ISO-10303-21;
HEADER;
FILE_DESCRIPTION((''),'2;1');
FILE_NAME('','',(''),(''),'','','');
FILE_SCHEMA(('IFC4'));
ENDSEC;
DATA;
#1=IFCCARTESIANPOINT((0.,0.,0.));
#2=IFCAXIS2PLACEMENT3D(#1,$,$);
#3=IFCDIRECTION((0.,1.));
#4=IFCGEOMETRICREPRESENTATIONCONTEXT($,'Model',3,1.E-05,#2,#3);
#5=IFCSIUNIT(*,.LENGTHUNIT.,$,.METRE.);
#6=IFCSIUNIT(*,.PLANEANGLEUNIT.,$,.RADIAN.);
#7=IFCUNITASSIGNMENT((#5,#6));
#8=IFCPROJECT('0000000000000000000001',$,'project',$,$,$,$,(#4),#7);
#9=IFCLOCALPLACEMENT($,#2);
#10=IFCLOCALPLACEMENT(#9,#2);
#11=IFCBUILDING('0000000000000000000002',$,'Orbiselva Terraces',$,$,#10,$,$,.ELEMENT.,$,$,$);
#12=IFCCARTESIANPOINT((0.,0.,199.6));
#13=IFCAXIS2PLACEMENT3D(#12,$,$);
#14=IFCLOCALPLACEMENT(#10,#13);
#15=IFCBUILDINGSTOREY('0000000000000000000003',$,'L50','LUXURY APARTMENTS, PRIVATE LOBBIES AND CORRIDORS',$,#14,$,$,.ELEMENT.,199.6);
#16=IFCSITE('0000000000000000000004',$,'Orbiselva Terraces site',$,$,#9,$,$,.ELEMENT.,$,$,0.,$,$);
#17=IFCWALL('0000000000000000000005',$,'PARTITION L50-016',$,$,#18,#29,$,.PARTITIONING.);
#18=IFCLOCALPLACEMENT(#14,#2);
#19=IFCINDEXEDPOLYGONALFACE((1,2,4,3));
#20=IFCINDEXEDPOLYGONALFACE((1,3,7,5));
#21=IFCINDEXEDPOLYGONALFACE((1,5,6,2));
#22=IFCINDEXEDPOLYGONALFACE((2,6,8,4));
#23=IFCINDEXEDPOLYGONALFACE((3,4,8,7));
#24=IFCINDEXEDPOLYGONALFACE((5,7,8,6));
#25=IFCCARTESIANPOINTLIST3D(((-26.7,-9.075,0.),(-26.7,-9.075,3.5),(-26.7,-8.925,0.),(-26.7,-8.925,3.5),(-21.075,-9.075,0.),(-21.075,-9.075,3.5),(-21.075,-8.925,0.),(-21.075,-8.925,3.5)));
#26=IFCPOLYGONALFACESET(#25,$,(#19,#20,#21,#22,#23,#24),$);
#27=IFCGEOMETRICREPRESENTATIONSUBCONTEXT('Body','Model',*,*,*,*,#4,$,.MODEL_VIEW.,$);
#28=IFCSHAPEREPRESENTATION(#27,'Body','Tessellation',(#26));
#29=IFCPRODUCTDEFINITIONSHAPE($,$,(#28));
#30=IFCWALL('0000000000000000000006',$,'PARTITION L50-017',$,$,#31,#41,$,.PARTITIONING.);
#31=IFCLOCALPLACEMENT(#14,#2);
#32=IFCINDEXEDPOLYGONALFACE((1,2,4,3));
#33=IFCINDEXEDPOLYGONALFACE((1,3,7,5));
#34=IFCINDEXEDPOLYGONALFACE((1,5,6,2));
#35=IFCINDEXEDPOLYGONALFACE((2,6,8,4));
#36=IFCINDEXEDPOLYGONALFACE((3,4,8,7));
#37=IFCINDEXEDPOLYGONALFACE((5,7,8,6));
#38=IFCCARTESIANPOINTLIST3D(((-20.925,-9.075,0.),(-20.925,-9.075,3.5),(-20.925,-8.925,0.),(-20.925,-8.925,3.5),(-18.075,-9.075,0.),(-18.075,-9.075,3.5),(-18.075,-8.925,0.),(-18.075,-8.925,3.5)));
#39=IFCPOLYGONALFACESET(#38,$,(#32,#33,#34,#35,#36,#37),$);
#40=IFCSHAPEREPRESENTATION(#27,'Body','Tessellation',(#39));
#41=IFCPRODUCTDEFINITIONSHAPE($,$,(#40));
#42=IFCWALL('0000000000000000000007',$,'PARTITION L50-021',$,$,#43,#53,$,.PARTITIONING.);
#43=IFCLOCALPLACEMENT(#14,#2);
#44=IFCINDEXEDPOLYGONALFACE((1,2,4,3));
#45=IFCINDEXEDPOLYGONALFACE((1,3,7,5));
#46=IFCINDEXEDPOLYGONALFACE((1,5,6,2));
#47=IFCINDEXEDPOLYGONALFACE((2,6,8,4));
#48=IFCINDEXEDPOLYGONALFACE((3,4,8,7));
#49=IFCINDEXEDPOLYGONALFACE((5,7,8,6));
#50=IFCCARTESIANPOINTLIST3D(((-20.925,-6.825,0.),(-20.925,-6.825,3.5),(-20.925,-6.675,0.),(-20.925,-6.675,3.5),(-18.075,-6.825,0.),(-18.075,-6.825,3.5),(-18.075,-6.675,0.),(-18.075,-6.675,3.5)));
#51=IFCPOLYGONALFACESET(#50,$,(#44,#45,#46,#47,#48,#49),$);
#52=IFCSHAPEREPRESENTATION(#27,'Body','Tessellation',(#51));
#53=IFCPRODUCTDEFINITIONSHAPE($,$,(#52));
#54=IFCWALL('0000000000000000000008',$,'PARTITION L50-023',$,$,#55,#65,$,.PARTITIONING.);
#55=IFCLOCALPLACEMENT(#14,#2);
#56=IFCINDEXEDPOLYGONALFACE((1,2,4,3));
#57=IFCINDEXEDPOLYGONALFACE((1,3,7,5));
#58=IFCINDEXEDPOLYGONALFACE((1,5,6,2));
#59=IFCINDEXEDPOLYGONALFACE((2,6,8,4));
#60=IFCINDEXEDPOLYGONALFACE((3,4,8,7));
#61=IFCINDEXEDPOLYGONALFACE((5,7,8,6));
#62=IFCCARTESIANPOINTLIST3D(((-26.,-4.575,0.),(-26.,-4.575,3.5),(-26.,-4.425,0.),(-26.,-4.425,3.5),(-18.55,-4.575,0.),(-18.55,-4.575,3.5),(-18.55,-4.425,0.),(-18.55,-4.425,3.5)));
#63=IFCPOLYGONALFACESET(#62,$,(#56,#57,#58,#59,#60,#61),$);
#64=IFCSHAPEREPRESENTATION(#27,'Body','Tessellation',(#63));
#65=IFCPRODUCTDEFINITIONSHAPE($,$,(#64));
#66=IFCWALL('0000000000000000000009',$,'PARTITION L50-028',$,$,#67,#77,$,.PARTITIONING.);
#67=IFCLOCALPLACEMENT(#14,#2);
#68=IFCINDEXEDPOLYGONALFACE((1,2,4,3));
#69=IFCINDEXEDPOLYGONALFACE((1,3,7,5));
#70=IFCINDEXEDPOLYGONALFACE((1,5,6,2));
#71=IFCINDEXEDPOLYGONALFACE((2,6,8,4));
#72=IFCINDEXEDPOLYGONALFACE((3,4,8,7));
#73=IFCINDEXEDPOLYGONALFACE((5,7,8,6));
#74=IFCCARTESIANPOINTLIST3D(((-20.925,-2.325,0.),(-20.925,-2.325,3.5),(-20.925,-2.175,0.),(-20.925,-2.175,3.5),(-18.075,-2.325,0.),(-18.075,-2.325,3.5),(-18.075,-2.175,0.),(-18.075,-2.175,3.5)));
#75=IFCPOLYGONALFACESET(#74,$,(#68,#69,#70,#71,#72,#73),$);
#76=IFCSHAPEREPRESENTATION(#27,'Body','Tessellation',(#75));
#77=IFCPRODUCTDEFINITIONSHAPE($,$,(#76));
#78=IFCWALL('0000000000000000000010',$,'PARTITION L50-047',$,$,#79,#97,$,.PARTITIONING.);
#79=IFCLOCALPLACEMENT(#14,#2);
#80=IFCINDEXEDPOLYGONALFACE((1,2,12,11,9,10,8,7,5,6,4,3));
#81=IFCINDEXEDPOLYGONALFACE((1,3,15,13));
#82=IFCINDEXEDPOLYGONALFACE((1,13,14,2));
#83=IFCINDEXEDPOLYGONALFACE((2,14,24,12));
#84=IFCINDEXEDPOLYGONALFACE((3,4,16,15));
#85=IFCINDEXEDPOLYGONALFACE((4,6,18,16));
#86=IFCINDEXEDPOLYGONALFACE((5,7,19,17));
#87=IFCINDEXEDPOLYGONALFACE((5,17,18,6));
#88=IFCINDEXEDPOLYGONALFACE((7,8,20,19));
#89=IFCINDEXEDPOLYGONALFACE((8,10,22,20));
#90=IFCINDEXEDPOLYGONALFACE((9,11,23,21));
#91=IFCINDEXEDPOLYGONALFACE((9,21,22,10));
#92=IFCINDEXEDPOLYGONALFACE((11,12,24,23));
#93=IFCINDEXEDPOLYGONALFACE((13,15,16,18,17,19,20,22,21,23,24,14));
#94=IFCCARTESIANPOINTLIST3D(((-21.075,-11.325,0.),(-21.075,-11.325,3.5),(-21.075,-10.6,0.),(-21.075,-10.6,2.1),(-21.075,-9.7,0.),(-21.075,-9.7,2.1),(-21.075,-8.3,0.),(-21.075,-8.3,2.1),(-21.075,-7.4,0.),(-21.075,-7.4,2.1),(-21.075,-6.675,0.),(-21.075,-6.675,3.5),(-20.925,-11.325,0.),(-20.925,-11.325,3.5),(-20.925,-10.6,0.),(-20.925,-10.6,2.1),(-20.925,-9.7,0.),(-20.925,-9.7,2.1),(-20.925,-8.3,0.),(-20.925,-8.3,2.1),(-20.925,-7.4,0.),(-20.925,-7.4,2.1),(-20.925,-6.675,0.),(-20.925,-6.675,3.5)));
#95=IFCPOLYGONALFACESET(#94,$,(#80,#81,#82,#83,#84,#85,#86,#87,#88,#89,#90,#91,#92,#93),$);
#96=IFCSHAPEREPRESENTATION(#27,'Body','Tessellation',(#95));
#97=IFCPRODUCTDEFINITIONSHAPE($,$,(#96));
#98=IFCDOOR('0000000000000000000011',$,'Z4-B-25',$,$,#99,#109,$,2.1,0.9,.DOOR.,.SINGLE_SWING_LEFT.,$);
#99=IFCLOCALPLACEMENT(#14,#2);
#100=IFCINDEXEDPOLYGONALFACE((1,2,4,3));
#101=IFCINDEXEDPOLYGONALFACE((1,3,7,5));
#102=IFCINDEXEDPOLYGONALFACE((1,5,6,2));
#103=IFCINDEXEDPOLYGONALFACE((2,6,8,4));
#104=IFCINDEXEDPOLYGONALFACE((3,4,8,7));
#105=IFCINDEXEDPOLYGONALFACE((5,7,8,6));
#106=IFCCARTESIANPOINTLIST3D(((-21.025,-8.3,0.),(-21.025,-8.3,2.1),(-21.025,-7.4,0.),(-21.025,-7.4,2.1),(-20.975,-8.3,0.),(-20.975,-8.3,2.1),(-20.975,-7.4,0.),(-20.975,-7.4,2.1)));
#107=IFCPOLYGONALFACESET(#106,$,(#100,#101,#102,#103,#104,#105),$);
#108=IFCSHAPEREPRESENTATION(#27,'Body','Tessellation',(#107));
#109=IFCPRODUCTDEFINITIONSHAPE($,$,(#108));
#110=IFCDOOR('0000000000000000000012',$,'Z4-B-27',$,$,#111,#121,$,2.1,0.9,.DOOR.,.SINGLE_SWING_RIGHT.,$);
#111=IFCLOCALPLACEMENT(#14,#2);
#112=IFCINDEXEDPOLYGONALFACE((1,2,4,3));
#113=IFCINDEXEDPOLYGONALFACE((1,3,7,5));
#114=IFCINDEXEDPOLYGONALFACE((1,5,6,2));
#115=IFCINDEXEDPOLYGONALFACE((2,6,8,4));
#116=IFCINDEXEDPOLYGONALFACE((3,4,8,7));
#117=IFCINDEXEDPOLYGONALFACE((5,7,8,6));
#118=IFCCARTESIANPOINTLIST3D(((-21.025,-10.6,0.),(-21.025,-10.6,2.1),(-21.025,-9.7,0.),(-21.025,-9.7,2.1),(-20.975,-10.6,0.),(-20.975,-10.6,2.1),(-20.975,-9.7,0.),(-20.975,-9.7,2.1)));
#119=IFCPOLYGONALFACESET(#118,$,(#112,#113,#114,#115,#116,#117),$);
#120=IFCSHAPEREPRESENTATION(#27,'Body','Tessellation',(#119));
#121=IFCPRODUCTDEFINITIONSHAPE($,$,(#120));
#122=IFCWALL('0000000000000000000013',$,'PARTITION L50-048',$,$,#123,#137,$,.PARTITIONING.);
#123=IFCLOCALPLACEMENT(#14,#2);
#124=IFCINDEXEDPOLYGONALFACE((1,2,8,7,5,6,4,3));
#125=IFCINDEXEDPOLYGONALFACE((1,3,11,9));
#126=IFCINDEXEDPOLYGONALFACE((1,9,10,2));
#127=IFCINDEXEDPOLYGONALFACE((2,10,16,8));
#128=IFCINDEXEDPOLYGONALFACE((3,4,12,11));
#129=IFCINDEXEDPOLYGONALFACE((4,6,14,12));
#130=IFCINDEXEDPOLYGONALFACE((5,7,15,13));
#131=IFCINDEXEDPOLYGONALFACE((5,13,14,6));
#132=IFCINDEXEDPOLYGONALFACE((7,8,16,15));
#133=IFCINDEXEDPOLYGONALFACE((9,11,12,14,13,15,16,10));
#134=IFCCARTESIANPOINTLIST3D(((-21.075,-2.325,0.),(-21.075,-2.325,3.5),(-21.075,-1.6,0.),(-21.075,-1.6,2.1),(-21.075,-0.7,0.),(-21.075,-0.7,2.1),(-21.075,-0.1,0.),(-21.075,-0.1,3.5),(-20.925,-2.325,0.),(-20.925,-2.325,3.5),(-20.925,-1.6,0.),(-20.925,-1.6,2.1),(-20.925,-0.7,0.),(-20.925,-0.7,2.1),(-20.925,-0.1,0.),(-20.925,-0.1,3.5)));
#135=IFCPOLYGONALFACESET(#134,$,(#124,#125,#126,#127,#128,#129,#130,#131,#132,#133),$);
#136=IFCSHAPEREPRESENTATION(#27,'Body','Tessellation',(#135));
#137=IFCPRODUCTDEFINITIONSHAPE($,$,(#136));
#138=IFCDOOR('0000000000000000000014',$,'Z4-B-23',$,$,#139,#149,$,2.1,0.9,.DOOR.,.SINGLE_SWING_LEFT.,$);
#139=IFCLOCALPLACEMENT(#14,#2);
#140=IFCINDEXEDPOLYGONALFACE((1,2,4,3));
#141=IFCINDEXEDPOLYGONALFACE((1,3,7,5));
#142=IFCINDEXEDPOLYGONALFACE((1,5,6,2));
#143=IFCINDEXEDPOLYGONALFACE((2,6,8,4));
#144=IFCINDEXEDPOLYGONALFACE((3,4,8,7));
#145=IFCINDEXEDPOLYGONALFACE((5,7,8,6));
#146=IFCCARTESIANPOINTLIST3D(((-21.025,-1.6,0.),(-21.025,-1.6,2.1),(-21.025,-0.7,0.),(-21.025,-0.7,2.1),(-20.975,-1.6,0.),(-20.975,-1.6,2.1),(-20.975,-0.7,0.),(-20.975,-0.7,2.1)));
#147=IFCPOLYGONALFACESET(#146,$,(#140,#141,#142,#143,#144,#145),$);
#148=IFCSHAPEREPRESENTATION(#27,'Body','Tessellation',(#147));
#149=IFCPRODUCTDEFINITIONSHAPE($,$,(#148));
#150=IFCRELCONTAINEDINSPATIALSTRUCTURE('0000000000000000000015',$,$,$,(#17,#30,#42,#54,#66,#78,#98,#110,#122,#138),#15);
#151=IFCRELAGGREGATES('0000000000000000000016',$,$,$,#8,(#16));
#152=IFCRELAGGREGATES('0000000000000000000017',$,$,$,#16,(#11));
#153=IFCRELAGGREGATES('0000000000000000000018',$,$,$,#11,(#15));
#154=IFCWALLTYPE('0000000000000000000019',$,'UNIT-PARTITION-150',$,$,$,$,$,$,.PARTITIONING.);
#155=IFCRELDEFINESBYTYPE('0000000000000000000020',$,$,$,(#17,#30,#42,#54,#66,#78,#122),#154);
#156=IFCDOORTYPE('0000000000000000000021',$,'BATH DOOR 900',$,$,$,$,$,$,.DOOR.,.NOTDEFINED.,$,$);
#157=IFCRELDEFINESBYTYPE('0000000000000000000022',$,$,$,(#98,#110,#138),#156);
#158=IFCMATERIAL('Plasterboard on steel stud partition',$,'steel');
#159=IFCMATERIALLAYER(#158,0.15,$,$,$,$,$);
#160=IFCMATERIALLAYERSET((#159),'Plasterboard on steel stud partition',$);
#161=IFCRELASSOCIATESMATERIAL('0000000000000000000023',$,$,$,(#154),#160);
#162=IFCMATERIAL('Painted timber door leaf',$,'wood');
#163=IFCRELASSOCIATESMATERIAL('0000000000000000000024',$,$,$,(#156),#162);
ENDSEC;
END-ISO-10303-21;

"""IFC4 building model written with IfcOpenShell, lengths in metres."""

from ifc_helpers import new_model, si_unit, direction, frame, frame_2d, origin, place, context, subcontext, project, spatial, rectangle, extrude, material, layer, layer_set, type_object, element, fill, save


model = new_model("IFC4")

# Units and contexts
model_context = context("Model", 3, precision=1e-05, world=origin(), true_north=direction((0.0, 1.0)))
body_context = subcontext(model_context, "Body", "Model", "MODEL_VIEW")
ifc_project = project(units=[si_unit("LENGTHUNIT", "METRE"), si_unit("PLANEANGLEUNIT", "RADIAN")], contexts=[model_context])

# Site, building, storey
site_placement = place(None, origin())
site = spatial("IfcSite", under=ifc_project, at=site_placement, Name="Orbiselva Terraces site", CompositionType="ELEMENT", RefElevation=0.0)
building_placement = place(site_placement, origin())
building = spatial("IfcBuilding", under=site, at=building_placement, Name="Orbiselva Terraces", CompositionType="ELEMENT")
storey_placement = place(building_placement, frame((0.0, 0.0, 199.6)))
storey = spatial("IfcBuildingStorey", under=building, at=storey_placement, Name="L50", Description="LUXURY APARTMENTS, PRIVATE LOBBIES AND CORRIDORS", CompositionType="ELEMENT", Elevation=199.6)

# Walls
ifc_material_1 = material(Name="Plasterboard on steel stud partition", Category="steel")
ifc_layer_1 = layer(ifc_material_1, 0.15)
ifc_layer_set_1 = layer_set([ifc_layer_1], Name="Plasterboard on steel stud partition")
wall_type_1 = type_object("IfcWallType", Name="UNIT-PARTITION-150", PredefinedType="PARTITIONING", material=ifc_layer_set_1)
wall_1_placement = place(storey_placement, frame((-26.7, -9.0, 0.0), z_axis=(0.0, 0.0, 1.0), x_axis=(1.0, 0.0, 0.0)))
element("IfcWall", 1, at=wall_1_placement, inside=storey, type_object=wall_type_1, Name="PARTITION L50-016", PredefinedType="PARTITIONING", context=body_context, shape_type="SweptSolid", body=[
    extrude(rectangle(XDim=5.625, YDim=0.15, at=frame_2d((2.8125, 0.0))), origin(), (0.0, 0.0, 1.0), 3.5),
])
for number, where, z_axis, x_axis, name in (
    (2, (-20.925, -9.0, 0.0), (0.0, 0.0, 1.0), (1.0, 0.0, 0.0), "PARTITION L50-017"),
    (3, (-20.925, -6.75, 0.0), (0.0, 0.0, 1.0), (1.0, 0.0, 0.0), "PARTITION L50-021"),
):
    element("IfcWall", number, at=place(storey_placement, frame(where, z_axis=z_axis, x_axis=x_axis)), inside=storey, type_object=wall_type_1, Name=name, PredefinedType="PARTITIONING", context=body_context, shape_type="SweptSolid", body=[
        extrude(rectangle(XDim=2.85, YDim=0.15, at=frame_2d((1.425, 0.0))), origin(), (0.0, 0.0, 1.0), 3.5),
    ])
wall_2_placement = place(storey_placement, frame((-26.0, -4.5, 0.0), z_axis=(0.0, 0.0, 1.0), x_axis=(1.0, 0.0, 0.0)))
element("IfcWall", 4, at=wall_2_placement, inside=storey, type_object=wall_type_1, Name="PARTITION L50-023", PredefinedType="PARTITIONING", context=body_context, shape_type="SweptSolid", body=[
    extrude(rectangle(XDim=7.45, YDim=0.15, at=frame_2d((3.725, 0.0))), origin(), (0.0, 0.0, 1.0), 3.5),
])
wall_3_placement = place(storey_placement, frame((-20.925, -2.25, 0.0), z_axis=(0.0, 0.0, 1.0), x_axis=(1.0, 0.0, 0.0)))
element("IfcWall", 5, at=wall_3_placement, inside=storey, type_object=wall_type_1, Name="PARTITION L50-028", PredefinedType="PARTITIONING", context=body_context, shape_type="SweptSolid", body=[
    extrude(rectangle(XDim=2.85, YDim=0.15, at=frame_2d((1.425, 0.0))), origin(), (0.0, 0.0, 1.0), 3.5),
])

# Wall, openings, doors
wall_4_placement = place(storey_placement, frame((-21.0, -6.675, 0.0), z_axis=(0.0, 0.0, 1.0), x_axis=(0.0, -1.0, 0.0)))
wall_4 = element("IfcWall", 6, at=wall_4_placement, inside=storey, type_object=wall_type_1, Name="PARTITION L50-047", PredefinedType="PARTITIONING", context=body_context, shape_type="SweptSolid", body=[
    extrude(rectangle(XDim=4.65, YDim=0.15, at=frame_2d((2.325, 0.0))), origin(), (0.0, 0.0, 1.0), 3.5),
])
opening_1_placement = place(wall_4_placement, frame((0.725, 0.0, 0.0)))
opening_1 = element("IfcOpeningElement", 7, at=opening_1_placement, cuts=wall_4, PredefinedType="OPENING", context=body_context, shape_type="SweptSolid", body=[
    extrude(rectangle(XDim=0.9, YDim=2.1, at=frame_2d((0.45, 1.05))), frame((0.0, 0.085, 0.0), z_axis=(0.0, -1.0, 0.0), x_axis=(1.0, 0.0, 0.0)), (0.0, 0.0, 1.0), 0.17),
])
opening_2_placement = place(wall_4_placement, frame((3.025, 0.0, 0.0)))
opening_2 = element("IfcOpeningElement", 8, at=opening_2_placement, cuts=wall_4, PredefinedType="OPENING", context=body_context, shape_type="SweptSolid", body=[
    extrude(rectangle(XDim=0.9, YDim=2.1, at=frame_2d((0.45, 1.05))), frame((0.0, 0.085, 0.0), z_axis=(0.0, -1.0, 0.0), x_axis=(1.0, 0.0, 0.0)), (0.0, 0.0, 1.0), 0.17),
])
ifc_material_2 = material(Name="Painted timber door leaf", Category="wood")
door_type_1 = type_object("IfcDoorType", Name="BATH DOOR 900", OperationType="NOTDEFINED", PredefinedType="DOOR", material=ifc_material_2)
door_1_placement = place(opening_1_placement, origin())
door_1 = element("IfcDoor", 9, at=door_1_placement, inside=storey, type_object=door_type_1, Name="Z4-B-25", OperationType="SINGLE_SWING_LEFT", OverallHeight=2.1, OverallWidth=0.9, PredefinedType="DOOR", context=body_context, shape_type="SweptSolid", body=[
    extrude(rectangle(XDim=0.9, YDim=2.1, at=frame_2d((0.45, 1.05))), frame((0.0, 0.025, 0.0), z_axis=(0.0, -1.0, 0.0), x_axis=(1.0, 0.0, 0.0)), (0.0, 0.0, 1.0), 0.05),
])
fill(opening_1, door_1)
door_2_placement = place(opening_2_placement, origin())
door_2 = element("IfcDoor", 10, at=door_2_placement, inside=storey, type_object=door_type_1, Name="Z4-B-27", OperationType="SINGLE_SWING_RIGHT", OverallHeight=2.1, OverallWidth=0.9, PredefinedType="DOOR", context=body_context, shape_type="SweptSolid", body=[
    extrude(rectangle(XDim=0.9, YDim=2.1, at=frame_2d((0.45, 1.05))), frame((0.0, 0.025, 0.0), z_axis=(0.0, -1.0, 0.0), x_axis=(1.0, 0.0, 0.0)), (0.0, 0.0, 1.0), 0.05),
])
fill(opening_2, door_2)

# Wall, opening, door
wall_5_placement = place(storey_placement, frame((-21.0, -0.1, 0.0), z_axis=(0.0, 0.0, 1.0), x_axis=(0.0, -1.0, 0.0)))
wall_5 = element("IfcWall", 11, at=wall_5_placement, inside=storey, type_object=wall_type_1, Name="PARTITION L50-048", PredefinedType="PARTITIONING", context=body_context, shape_type="SweptSolid", body=[
    extrude(rectangle(XDim=2.225, YDim=0.15, at=frame_2d((1.1125, 0.0))), origin(), (0.0, 0.0, 1.0), 3.5),
])
opening_3_placement = place(wall_5_placement, frame((0.6, 0.0, 0.0)))
opening_3 = element("IfcOpeningElement", 12, at=opening_3_placement, cuts=wall_5, PredefinedType="OPENING", context=body_context, shape_type="SweptSolid", body=[
    extrude(rectangle(XDim=0.9, YDim=2.1, at=frame_2d((0.45, 1.05))), frame((0.0, 0.085, 0.0), z_axis=(0.0, -1.0, 0.0), x_axis=(1.0, 0.0, 0.0)), (0.0, 0.0, 1.0), 0.17),
])
door_3_placement = place(opening_3_placement, origin())
door_3 = element("IfcDoor", 13, at=door_3_placement, inside=storey, type_object=door_type_1, Name="Z4-B-23", OperationType="SINGLE_SWING_LEFT", OverallHeight=2.1, OverallWidth=0.9, PredefinedType="DOOR", context=body_context, shape_type="SweptSolid", body=[
    extrude(rectangle(XDim=0.9, YDim=2.1, at=frame_2d((0.45, 1.05))), frame((0.0, 0.025, 0.0), z_axis=(0.0, -1.0, 0.0), x_axis=(1.0, 0.0, 0.0)), (0.0, 0.0, 1.0), 0.05),
])
fill(opening_3, door_3)

save(model, "model.ifc")
